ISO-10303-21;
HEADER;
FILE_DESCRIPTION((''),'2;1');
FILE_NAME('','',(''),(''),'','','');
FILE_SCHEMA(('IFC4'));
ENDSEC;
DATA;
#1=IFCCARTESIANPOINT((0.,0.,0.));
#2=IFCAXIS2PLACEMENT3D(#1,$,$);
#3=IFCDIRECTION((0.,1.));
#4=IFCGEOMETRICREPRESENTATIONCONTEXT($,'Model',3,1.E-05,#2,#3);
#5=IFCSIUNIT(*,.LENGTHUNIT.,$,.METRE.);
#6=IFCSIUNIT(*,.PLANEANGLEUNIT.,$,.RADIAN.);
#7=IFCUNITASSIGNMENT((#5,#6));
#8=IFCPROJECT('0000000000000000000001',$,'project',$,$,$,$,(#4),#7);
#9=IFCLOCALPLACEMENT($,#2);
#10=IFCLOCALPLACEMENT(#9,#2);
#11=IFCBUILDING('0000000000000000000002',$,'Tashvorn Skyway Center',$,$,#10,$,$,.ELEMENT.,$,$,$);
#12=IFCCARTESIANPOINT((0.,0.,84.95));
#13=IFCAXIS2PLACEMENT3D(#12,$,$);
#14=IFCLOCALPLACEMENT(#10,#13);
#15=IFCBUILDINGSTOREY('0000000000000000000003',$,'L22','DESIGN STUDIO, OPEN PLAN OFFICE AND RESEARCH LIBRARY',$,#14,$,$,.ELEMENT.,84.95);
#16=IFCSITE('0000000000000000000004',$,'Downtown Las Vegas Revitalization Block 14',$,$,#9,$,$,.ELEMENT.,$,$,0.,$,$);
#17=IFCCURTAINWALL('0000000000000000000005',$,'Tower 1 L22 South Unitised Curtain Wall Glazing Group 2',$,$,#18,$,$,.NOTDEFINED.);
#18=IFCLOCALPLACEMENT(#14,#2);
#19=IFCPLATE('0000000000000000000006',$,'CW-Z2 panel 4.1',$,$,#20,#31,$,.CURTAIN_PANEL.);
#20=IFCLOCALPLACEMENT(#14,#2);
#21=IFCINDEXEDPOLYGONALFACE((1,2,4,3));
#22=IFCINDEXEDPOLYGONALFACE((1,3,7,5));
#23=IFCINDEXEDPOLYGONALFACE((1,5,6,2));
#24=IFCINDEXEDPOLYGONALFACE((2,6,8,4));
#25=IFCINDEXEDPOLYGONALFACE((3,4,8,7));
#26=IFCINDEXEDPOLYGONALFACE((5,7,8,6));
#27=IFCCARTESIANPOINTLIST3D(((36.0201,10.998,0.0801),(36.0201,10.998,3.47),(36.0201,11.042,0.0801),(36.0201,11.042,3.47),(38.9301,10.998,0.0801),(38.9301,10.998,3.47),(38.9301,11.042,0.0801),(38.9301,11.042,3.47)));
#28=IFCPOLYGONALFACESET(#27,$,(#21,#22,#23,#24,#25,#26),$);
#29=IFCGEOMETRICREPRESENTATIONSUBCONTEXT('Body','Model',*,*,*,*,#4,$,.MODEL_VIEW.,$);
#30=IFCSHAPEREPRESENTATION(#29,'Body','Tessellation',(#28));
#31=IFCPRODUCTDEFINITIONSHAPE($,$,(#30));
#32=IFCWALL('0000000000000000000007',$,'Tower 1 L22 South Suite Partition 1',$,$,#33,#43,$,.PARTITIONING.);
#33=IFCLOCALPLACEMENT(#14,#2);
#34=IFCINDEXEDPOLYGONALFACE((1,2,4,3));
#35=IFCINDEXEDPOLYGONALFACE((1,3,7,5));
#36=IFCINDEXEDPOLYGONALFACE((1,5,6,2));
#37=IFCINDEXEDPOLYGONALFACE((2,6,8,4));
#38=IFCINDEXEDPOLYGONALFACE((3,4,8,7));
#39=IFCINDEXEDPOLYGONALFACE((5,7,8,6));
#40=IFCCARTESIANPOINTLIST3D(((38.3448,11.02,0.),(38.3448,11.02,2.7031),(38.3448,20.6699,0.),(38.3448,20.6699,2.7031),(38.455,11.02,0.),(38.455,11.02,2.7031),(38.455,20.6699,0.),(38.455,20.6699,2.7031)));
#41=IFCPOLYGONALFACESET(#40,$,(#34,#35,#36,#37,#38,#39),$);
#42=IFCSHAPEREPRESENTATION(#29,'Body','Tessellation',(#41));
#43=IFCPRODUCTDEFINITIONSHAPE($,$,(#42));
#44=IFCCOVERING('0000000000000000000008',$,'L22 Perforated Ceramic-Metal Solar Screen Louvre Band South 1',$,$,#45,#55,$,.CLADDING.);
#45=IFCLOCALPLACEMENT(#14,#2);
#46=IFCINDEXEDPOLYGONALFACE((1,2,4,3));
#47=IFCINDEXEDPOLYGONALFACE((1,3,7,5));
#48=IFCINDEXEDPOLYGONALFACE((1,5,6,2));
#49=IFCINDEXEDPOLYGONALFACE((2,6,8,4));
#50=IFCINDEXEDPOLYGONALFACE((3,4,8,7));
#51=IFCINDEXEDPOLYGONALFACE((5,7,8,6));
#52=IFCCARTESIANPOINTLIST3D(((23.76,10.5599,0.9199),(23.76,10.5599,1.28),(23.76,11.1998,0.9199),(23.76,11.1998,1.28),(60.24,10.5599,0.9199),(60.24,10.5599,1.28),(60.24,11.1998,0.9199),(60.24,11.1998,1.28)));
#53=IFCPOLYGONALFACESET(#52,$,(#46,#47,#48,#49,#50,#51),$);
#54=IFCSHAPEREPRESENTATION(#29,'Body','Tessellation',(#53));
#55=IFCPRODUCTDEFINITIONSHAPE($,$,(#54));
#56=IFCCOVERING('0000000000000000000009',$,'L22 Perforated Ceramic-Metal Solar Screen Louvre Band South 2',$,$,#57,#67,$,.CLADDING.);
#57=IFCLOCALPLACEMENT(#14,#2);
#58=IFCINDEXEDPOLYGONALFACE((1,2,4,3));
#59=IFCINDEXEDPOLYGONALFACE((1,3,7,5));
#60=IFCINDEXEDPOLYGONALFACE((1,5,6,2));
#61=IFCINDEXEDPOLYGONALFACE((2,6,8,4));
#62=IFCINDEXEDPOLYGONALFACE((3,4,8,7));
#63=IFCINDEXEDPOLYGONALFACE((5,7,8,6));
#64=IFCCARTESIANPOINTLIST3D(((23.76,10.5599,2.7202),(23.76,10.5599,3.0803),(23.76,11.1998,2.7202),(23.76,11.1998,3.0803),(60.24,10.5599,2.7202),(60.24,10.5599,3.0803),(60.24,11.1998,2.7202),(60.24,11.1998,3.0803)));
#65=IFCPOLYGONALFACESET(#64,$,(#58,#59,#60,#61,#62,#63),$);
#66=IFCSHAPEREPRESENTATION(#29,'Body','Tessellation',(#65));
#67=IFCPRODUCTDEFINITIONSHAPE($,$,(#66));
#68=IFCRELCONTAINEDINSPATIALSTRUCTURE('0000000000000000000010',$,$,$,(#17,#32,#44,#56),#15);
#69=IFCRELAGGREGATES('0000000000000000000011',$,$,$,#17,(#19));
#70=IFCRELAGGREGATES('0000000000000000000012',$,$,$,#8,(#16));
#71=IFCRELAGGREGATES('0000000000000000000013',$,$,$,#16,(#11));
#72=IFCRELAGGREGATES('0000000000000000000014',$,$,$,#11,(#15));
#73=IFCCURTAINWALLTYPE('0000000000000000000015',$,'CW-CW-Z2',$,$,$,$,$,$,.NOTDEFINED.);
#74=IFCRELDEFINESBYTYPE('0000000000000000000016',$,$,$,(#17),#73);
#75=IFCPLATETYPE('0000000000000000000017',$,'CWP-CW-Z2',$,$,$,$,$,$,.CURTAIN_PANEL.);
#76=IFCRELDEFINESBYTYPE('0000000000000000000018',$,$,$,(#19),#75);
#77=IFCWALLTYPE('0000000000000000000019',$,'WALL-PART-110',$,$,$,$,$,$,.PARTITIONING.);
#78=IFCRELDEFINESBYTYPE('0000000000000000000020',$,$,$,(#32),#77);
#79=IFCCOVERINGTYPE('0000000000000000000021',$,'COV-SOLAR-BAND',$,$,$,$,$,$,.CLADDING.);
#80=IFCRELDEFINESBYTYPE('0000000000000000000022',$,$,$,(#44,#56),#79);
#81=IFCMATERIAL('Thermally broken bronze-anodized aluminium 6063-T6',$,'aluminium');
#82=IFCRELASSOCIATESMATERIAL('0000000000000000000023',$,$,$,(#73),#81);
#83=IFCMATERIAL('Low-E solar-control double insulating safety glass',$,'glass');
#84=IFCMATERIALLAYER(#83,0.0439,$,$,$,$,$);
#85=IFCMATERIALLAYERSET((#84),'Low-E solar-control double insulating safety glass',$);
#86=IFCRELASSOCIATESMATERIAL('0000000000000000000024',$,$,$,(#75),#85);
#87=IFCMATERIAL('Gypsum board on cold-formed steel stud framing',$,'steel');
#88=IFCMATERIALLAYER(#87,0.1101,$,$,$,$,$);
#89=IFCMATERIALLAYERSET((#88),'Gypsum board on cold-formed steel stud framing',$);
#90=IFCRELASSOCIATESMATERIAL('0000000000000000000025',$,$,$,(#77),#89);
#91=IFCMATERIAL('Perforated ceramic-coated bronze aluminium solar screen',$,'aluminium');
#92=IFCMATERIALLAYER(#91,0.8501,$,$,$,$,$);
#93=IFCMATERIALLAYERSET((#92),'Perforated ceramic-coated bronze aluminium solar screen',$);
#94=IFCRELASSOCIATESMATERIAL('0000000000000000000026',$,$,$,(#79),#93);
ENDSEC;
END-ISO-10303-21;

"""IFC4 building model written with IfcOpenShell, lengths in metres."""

from ifc_helpers import new_model, si_unit, direction, frame, frame_2d, origin, origin_2d, place, context, subcontext, project, spatial, rectangle, extrude, material, layer, layer_set, type_object, element, aggregate, save


model = new_model("IFC4")

# Units and contexts
model_context = context("Model", 3, precision=1e-05, world=origin(), true_north=direction((0.0, 1.0)))
body_context = subcontext(model_context, "Body", "Model", "MODEL_VIEW")
ifc_project = project(units=[si_unit("LENGTHUNIT", "METRE"), si_unit("PLANEANGLEUNIT", "RADIAN")], contexts=[model_context])

# Site, building, storey
site_placement = place(None, origin())
site = spatial("IfcSite", under=ifc_project, at=site_placement, Name="Downtown Las Vegas Revitalization Block 14", CompositionType="ELEMENT", RefElevation=0.0)
building_placement = place(site_placement, origin())
building = spatial("IfcBuilding", under=site, at=building_placement, Name="Tashvorn Skyway Center", CompositionType="ELEMENT")
storey_placement = place(building_placement, frame((0.0, 0.0, 84.95)))
storey = spatial("IfcBuildingStorey", under=building, at=storey_placement, Name="L22", Description="DESIGN STUDIO, OPEN PLAN OFFICE AND RESEARCH LIBRARY", CompositionType="ELEMENT", Elevation=84.95)

# Curtain wall, plate
ifc_material_1 = material(Name="Thermally broken bronze-anodized aluminium 6063-T6", Category="aluminium")
curtain_wall_type = type_object("IfcCurtainWallType", Name="CW-CW-Z2", PredefinedType="NOTDEFINED", material=ifc_material_1)
curtain_wall_placement = place(storey_placement, origin())
curtain_wall = element("IfcCurtainWall", 1, at=curtain_wall_placement, inside=storey, type_object=curtain_wall_type, Name="Tower 1 L22 South Unitised Curtain Wall Glazing Group 2", PredefinedType="NOTDEFINED")
ifc_material_2 = material(Name="Low-E solar-control double insulating safety glass", Category="glass")
ifc_layer_1 = layer(ifc_material_2, 0.0439)
ifc_layer_set_1 = layer_set([ifc_layer_1], Name="Low-E solar-control double insulating safety glass")
plate_type = type_object("IfcPlateType", Name="CWP-CW-Z2", PredefinedType="CURTAIN_PANEL", material=ifc_layer_set_1)
plate_1_placement = place(storey_placement, frame((37.4751, 11.02, 0.0801), z_axis=(0.0, 0.0, 1.0), x_axis=(-1.0, 0.0, 0.0)))
plate_1 = element("IfcPlate", 2, at=plate_1_placement, type_object=plate_type, Name="CW-Z2 panel 4.1", PredefinedType="CURTAIN_PANEL", context=body_context, shape_type="SweptSolid", body=[
    extrude(rectangle(XDim=2.9099, YDim=0.0439, at=origin_2d()), origin(), (0.0, 0.0, 1.0), 3.3899),
])
aggregate(curtain_wall, [plate_1])

# Wall
ifc_material_3 = material(Name="Gypsum board on cold-formed steel stud framing", Category="steel")
ifc_layer_2 = layer(ifc_material_3, 0.1101)
ifc_layer_set_2 = layer_set([ifc_layer_2], Name="Gypsum board on cold-formed steel stud framing")
wall_type = type_object("IfcWallType", Name="WALL-PART-110", PredefinedType="PARTITIONING", material=ifc_layer_set_2)
wall_placement = place(storey_placement, frame((38.3999, 11.02, 0.0), z_axis=(0.0, 0.0, 1.0), x_axis=(0.0, 1.0, 0.0)))
element("IfcWall", 3, at=wall_placement, inside=storey, type_object=wall_type, Name="Tower 1 L22 South Suite Partition 1", PredefinedType="PARTITIONING", context=body_context, shape_type="SweptSolid", body=[
    extrude(rectangle(XDim=9.6499, YDim=0.1101, at=frame_2d((4.825, 0.0))), origin(), (0.0, 0.0, 1.0), 2.7031),
])

# Coverings
ifc_material_4 = material(Name="Perforated ceramic-coated bronze aluminium solar screen", Category="aluminium")
ifc_layer_3 = layer(ifc_material_4, 0.8501)
ifc_layer_set_3 = layer_set([ifc_layer_3], Name="Perforated ceramic-coated bronze aluminium solar screen")
covering_type = type_object("IfcCoveringType", Name="COV-SOLAR-BAND", PredefinedType="CLADDING", material=ifc_layer_set_3)
for number, where, z_axis, x_axis, name in (
    (4, (42.0, 10.8799, 0.9199), (0.0, 0.0, 1.0), (-1.0, 0.0, 0.0), "L22 Perforated Ceramic-Metal Solar Screen Louvre Band South 1"),
    (5, (42.0, 10.8799, 2.7202), (0.0, 0.0, 1.0), (-1.0, 0.0, 0.0), "L22 Perforated Ceramic-Metal Solar Screen Louvre Band South 2"),
):
    element("IfcCovering", number, at=place(storey_placement, frame(where, z_axis=z_axis, x_axis=x_axis)), inside=storey, type_object=covering_type, Name=name, PredefinedType="CLADDING", context=body_context, shape_type="SweptSolid", body=[
        extrude(rectangle(XDim=36.48, YDim=0.6399, at=origin_2d()), origin(), (0.0, 0.0, 1.0), 0.3601),
    ])

save(model, "model.ifc")
